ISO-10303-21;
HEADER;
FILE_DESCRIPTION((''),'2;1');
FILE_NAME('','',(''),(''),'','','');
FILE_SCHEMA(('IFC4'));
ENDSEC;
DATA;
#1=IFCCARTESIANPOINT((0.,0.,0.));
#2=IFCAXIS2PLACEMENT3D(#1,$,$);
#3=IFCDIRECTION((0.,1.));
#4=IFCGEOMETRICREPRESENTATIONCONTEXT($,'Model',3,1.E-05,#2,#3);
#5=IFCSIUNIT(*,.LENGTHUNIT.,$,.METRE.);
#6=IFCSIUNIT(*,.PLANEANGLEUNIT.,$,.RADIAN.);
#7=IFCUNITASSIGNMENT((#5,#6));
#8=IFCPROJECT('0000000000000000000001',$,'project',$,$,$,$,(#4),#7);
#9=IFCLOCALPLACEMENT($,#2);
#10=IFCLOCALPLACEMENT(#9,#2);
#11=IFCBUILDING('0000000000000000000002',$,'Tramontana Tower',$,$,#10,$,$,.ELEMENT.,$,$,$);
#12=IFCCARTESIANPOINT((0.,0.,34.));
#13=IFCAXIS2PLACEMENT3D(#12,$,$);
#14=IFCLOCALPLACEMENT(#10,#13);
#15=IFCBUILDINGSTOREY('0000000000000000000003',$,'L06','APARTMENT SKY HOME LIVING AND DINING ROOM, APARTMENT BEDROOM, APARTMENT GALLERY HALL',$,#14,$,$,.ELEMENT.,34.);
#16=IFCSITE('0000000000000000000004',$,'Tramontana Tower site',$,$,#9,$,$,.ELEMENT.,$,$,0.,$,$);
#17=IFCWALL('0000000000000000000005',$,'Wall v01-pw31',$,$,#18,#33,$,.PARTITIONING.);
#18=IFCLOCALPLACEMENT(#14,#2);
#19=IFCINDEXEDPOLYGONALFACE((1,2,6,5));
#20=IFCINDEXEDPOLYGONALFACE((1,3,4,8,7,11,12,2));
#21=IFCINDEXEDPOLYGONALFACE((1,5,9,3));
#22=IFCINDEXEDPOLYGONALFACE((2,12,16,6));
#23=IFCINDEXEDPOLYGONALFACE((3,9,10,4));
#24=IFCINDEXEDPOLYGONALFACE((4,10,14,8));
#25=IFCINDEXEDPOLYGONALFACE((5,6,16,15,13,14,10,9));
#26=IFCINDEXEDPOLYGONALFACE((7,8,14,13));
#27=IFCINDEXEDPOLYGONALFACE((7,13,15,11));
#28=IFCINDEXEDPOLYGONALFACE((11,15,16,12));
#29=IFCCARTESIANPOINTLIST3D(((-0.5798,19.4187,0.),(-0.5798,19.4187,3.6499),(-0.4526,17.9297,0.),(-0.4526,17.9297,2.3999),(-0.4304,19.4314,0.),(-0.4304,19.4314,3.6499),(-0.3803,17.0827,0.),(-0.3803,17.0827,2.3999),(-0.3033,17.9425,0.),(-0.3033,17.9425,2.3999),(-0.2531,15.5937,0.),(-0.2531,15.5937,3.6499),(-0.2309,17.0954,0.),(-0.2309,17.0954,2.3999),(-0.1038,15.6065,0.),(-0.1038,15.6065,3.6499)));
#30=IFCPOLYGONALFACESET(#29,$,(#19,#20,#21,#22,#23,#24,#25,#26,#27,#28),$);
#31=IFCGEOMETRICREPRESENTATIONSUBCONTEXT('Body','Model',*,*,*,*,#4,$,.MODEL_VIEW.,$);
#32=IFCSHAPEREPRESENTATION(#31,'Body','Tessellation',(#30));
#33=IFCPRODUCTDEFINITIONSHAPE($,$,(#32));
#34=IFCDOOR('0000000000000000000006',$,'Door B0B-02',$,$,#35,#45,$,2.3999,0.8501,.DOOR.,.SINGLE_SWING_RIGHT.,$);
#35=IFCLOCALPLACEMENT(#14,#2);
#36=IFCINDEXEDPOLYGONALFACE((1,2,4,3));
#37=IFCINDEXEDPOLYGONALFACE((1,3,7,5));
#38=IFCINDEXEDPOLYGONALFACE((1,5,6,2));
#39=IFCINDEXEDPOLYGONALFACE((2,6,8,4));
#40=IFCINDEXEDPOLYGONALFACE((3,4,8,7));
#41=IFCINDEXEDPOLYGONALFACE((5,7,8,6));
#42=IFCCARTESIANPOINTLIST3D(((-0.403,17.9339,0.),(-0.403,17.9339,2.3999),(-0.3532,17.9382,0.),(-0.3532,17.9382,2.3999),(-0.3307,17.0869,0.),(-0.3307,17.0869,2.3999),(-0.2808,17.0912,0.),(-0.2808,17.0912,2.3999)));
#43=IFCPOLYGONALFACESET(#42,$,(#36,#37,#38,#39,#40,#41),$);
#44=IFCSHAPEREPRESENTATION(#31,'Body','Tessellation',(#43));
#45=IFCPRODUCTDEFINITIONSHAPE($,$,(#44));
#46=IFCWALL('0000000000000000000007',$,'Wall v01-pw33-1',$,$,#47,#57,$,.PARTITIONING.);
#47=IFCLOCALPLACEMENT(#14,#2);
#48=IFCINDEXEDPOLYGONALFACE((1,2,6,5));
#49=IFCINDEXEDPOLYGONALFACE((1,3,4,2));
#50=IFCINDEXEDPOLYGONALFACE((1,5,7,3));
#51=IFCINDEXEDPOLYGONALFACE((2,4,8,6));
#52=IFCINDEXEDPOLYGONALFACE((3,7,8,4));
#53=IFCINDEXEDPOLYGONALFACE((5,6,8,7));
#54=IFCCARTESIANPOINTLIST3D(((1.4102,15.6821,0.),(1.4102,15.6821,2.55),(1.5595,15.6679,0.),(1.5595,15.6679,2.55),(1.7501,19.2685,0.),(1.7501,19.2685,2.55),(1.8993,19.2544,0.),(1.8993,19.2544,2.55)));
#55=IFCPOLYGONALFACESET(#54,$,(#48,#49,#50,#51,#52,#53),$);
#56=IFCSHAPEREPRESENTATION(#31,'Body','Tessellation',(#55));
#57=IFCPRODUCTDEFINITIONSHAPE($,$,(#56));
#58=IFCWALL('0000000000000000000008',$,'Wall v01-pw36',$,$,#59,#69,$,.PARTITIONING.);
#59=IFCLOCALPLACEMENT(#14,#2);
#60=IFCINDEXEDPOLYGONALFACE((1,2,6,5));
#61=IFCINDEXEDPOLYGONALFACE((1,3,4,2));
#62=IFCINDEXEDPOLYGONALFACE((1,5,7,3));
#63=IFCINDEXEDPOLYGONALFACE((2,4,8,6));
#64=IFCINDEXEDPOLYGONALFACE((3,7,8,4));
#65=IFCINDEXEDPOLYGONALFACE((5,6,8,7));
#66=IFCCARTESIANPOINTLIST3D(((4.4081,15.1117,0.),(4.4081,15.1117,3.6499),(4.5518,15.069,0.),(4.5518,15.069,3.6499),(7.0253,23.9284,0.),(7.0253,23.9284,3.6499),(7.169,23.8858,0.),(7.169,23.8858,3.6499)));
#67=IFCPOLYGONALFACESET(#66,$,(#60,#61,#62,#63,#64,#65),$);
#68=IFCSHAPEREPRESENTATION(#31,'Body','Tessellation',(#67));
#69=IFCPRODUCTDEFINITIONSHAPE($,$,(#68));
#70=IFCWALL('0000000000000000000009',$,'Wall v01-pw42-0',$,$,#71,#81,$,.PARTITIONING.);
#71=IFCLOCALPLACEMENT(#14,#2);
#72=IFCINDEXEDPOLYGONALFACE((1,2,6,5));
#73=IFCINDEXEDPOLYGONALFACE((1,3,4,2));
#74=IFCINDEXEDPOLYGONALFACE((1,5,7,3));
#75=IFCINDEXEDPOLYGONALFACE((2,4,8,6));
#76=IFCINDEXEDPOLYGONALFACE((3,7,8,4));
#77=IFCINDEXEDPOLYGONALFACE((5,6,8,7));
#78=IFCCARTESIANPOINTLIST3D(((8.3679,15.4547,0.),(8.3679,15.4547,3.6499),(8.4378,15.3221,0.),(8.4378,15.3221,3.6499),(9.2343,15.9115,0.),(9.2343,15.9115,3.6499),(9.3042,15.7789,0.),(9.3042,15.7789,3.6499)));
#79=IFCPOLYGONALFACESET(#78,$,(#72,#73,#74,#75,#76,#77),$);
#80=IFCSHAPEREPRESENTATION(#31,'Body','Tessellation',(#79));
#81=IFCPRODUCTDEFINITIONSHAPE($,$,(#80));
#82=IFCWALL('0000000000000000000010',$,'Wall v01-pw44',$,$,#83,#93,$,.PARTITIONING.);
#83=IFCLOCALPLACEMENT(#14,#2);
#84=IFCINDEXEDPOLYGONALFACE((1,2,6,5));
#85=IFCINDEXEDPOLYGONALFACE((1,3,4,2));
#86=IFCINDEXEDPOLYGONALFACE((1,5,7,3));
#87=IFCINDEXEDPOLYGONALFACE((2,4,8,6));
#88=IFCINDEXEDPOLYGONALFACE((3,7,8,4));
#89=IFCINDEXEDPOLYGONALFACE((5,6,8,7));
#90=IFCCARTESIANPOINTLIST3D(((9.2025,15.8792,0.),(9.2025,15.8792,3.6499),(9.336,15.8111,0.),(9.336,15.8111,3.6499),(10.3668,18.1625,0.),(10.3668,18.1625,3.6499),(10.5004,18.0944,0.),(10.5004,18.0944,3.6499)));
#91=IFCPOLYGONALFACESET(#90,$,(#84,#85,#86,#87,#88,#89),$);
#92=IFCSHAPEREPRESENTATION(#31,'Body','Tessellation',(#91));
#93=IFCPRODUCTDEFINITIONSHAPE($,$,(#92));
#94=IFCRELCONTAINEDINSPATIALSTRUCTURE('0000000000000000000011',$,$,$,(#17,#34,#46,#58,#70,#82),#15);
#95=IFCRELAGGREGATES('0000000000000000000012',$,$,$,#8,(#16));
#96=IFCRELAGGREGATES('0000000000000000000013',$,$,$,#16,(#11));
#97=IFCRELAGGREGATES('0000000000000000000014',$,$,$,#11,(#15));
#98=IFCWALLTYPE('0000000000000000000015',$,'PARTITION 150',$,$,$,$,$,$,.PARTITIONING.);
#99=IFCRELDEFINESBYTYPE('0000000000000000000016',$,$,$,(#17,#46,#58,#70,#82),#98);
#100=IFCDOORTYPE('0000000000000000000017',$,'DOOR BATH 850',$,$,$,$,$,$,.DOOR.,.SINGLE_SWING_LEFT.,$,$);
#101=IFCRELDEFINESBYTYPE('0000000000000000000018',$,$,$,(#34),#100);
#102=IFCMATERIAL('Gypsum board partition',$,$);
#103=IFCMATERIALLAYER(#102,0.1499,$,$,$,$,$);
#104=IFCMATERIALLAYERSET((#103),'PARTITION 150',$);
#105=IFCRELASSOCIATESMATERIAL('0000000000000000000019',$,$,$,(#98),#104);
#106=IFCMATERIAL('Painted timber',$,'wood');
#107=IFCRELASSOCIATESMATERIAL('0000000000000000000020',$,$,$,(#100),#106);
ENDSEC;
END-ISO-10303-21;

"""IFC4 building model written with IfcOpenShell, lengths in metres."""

from ifc_helpers import new_model, si_unit, direction, frame, frame_2d, origin, place, context, subcontext, project, spatial, rectangle, extrude, material, layer, layer_set, type_object, element, fill, save


model = new_model("IFC4")

# Units and contexts
model_context = context("Model", 3, precision=1e-05, world=origin(), true_north=direction((0.0, 1.0)))
body_context = subcontext(model_context, "Body", "Model", "MODEL_VIEW")
ifc_project = project(units=[si_unit("LENGTHUNIT", "METRE"), si_unit("PLANEANGLEUNIT", "RADIAN")], contexts=[model_context])

# Site, building, storey
site_placement = place(None, origin())
site = spatial("IfcSite", under=ifc_project, at=site_placement, Name="Tramontana Tower site", CompositionType="ELEMENT", RefElevation=0.0)
building_placement = place(site_placement, origin())
building = spatial("IfcBuilding", under=site, at=building_placement, Name="Tramontana Tower", CompositionType="ELEMENT")
storey_placement = place(building_placement, frame((0.0, 0.0, 34.0)))
storey = spatial("IfcBuildingStorey", under=building, at=storey_placement, Name="L06", Description="APARTMENT SKY HOME LIVING AND DINING ROOM, APARTMENT BEDROOM, APARTMENT GALLERY HALL", CompositionType="ELEMENT", Elevation=34.0)

# Shared definitions
ifc_material_1 = material(Name="Gypsum board partition")
ifc_layer_1 = layer(ifc_material_1, 0.1499)
ifc_layer_set_1 = layer_set([ifc_layer_1], Name="PARTITION 150")
wall_type_1 = type_object("IfcWallType", Name="PARTITION 150", PredefinedType="PARTITIONING", material=ifc_layer_set_1)

# Wall, opening, door
wall_1_placement = place(storey_placement, frame((-0.5051, 19.425, 0.0), z_axis=(0.0, 0.0, 1.0), x_axis=(0.085093, -0.996373, 0.0)))
wall_1 = element("IfcWall", 1, at=wall_1_placement, inside=storey, type_object=wall_type_1, Name="Wall v01-pw31", PredefinedType="PARTITIONING", context=body_context, shape_type="SweptSolid", body=[
    extrude(rectangle(XDim=3.8389, YDim=0.1499, at=frame_2d((1.9194, 0.0))), origin(), (0.0, 0.0, 1.0), 3.6499),
])
opening_1_placement = place(wall_1_placement, frame((1.4944, 0.0, 0.0)))
opening_1 = element("IfcOpeningElement", 2, at=opening_1_placement, cuts=wall_1, PredefinedType="OPENING", context=body_context, shape_type="SweptSolid", body=[
    extrude(rectangle(XDim=0.8501, YDim=2.3999, at=frame_2d((0.425, 1.2))), frame((0.0, 0.085, 0.0), z_axis=(0.0, -1.0, 0.0), x_axis=(1.0, 0.0, 0.0)), (0.0, 0.0, 1.0), 0.1699),
])
ifc_material_2 = material(Name="Painted timber", Category="wood")
door_type = type_object("IfcDoorType", Name="DOOR BATH 850", OperationType="SINGLE_SWING_LEFT", PredefinedType="DOOR", material=ifc_material_2)
door_placement = place(opening_1_placement, origin())
door = element("IfcDoor", 3, at=door_placement, inside=storey, type_object=door_type, Name="Door B0B-02", OperationType="SINGLE_SWING_RIGHT", OverallHeight=2.3999, OverallWidth=0.8501, PredefinedType="DOOR", context=body_context, shape_type="SweptSolid", body=[
    extrude(rectangle(XDim=0.8501, YDim=2.3999, at=frame_2d((0.425, 1.2))), frame((0.0, 0.0249, 0.0), z_axis=(0.0, -1.0, 0.0), x_axis=(1.0, 0.0, 0.0)), (0.0, 0.0, 1.0), 0.05),
])
fill(opening_1, door)

# Walls
wall_2_placement = place(storey_placement, frame((1.8247, 19.2615, 0.0), z_axis=(0.0, 0.0, 1.0), x_axis=(-0.094336, -0.99554, 0.0)))
element("IfcWall", 4, at=wall_2_placement, inside=storey, type_object=wall_type_1, Name="Wall v01-pw33-1", PredefinedType="PARTITIONING", context=body_context, shape_type="SweptSolid", body=[
    extrude(rectangle(XDim=3.6025, YDim=0.1499, at=frame_2d((1.8013, 0.0))), origin(), (0.0, 0.0, 1.0), 2.55),
])
wall_3_placement = place(storey_placement, frame((7.0972, 23.9072, 0.0), z_axis=(0.0, 0.0, 1.0), x_axis=(-0.284573, -0.958654, 0.0)))
element("IfcWall", 5, at=wall_3_placement, inside=storey, type_object=wall_type_1, Name="Wall v01-pw36", PredefinedType="PARTITIONING", context=body_context, shape_type="SweptSolid", body=[
    extrude(rectangle(XDim=9.197, YDim=0.1499, at=frame_2d((4.5986, 0.0))), origin(), (0.0, 0.0, 1.0), 3.6499),
])
wall_4_placement = place(storey_placement, frame((9.2693, 15.8452, 0.0), z_axis=(0.0, 0.0, 1.0), x_axis=(-0.884599, -0.466352, 0.0)))
element("IfcWall", 6, at=wall_4_placement, inside=storey, type_object=wall_type_1, Name="Wall v01-pw42-0", PredefinedType="PARTITIONING", context=body_context, shape_type="SweptSolid", body=[
    extrude(rectangle(XDim=0.9795, YDim=0.1499, at=frame_2d((0.4897, 0.0))), origin(), (0.0, 0.0, 1.0), 3.6499),
])
wall_5_placement = place(storey_placement, frame((10.4336, 18.1284, 0.0), z_axis=(0.0, 0.0, 1.0), x_axis=(-0.454287, -0.890856, 0.0)))
element("IfcWall", 7, at=wall_5_placement, inside=storey, type_object=wall_type_1, Name="Wall v01-pw44", PredefinedType="PARTITIONING", context=body_context, shape_type="SweptSolid", body=[
    extrude(rectangle(XDim=2.563, YDim=0.1499, at=frame_2d((1.2815, 0.0))), origin(), (0.0, 0.0, 1.0), 3.6499),
])

save(model, "model.ifc")
